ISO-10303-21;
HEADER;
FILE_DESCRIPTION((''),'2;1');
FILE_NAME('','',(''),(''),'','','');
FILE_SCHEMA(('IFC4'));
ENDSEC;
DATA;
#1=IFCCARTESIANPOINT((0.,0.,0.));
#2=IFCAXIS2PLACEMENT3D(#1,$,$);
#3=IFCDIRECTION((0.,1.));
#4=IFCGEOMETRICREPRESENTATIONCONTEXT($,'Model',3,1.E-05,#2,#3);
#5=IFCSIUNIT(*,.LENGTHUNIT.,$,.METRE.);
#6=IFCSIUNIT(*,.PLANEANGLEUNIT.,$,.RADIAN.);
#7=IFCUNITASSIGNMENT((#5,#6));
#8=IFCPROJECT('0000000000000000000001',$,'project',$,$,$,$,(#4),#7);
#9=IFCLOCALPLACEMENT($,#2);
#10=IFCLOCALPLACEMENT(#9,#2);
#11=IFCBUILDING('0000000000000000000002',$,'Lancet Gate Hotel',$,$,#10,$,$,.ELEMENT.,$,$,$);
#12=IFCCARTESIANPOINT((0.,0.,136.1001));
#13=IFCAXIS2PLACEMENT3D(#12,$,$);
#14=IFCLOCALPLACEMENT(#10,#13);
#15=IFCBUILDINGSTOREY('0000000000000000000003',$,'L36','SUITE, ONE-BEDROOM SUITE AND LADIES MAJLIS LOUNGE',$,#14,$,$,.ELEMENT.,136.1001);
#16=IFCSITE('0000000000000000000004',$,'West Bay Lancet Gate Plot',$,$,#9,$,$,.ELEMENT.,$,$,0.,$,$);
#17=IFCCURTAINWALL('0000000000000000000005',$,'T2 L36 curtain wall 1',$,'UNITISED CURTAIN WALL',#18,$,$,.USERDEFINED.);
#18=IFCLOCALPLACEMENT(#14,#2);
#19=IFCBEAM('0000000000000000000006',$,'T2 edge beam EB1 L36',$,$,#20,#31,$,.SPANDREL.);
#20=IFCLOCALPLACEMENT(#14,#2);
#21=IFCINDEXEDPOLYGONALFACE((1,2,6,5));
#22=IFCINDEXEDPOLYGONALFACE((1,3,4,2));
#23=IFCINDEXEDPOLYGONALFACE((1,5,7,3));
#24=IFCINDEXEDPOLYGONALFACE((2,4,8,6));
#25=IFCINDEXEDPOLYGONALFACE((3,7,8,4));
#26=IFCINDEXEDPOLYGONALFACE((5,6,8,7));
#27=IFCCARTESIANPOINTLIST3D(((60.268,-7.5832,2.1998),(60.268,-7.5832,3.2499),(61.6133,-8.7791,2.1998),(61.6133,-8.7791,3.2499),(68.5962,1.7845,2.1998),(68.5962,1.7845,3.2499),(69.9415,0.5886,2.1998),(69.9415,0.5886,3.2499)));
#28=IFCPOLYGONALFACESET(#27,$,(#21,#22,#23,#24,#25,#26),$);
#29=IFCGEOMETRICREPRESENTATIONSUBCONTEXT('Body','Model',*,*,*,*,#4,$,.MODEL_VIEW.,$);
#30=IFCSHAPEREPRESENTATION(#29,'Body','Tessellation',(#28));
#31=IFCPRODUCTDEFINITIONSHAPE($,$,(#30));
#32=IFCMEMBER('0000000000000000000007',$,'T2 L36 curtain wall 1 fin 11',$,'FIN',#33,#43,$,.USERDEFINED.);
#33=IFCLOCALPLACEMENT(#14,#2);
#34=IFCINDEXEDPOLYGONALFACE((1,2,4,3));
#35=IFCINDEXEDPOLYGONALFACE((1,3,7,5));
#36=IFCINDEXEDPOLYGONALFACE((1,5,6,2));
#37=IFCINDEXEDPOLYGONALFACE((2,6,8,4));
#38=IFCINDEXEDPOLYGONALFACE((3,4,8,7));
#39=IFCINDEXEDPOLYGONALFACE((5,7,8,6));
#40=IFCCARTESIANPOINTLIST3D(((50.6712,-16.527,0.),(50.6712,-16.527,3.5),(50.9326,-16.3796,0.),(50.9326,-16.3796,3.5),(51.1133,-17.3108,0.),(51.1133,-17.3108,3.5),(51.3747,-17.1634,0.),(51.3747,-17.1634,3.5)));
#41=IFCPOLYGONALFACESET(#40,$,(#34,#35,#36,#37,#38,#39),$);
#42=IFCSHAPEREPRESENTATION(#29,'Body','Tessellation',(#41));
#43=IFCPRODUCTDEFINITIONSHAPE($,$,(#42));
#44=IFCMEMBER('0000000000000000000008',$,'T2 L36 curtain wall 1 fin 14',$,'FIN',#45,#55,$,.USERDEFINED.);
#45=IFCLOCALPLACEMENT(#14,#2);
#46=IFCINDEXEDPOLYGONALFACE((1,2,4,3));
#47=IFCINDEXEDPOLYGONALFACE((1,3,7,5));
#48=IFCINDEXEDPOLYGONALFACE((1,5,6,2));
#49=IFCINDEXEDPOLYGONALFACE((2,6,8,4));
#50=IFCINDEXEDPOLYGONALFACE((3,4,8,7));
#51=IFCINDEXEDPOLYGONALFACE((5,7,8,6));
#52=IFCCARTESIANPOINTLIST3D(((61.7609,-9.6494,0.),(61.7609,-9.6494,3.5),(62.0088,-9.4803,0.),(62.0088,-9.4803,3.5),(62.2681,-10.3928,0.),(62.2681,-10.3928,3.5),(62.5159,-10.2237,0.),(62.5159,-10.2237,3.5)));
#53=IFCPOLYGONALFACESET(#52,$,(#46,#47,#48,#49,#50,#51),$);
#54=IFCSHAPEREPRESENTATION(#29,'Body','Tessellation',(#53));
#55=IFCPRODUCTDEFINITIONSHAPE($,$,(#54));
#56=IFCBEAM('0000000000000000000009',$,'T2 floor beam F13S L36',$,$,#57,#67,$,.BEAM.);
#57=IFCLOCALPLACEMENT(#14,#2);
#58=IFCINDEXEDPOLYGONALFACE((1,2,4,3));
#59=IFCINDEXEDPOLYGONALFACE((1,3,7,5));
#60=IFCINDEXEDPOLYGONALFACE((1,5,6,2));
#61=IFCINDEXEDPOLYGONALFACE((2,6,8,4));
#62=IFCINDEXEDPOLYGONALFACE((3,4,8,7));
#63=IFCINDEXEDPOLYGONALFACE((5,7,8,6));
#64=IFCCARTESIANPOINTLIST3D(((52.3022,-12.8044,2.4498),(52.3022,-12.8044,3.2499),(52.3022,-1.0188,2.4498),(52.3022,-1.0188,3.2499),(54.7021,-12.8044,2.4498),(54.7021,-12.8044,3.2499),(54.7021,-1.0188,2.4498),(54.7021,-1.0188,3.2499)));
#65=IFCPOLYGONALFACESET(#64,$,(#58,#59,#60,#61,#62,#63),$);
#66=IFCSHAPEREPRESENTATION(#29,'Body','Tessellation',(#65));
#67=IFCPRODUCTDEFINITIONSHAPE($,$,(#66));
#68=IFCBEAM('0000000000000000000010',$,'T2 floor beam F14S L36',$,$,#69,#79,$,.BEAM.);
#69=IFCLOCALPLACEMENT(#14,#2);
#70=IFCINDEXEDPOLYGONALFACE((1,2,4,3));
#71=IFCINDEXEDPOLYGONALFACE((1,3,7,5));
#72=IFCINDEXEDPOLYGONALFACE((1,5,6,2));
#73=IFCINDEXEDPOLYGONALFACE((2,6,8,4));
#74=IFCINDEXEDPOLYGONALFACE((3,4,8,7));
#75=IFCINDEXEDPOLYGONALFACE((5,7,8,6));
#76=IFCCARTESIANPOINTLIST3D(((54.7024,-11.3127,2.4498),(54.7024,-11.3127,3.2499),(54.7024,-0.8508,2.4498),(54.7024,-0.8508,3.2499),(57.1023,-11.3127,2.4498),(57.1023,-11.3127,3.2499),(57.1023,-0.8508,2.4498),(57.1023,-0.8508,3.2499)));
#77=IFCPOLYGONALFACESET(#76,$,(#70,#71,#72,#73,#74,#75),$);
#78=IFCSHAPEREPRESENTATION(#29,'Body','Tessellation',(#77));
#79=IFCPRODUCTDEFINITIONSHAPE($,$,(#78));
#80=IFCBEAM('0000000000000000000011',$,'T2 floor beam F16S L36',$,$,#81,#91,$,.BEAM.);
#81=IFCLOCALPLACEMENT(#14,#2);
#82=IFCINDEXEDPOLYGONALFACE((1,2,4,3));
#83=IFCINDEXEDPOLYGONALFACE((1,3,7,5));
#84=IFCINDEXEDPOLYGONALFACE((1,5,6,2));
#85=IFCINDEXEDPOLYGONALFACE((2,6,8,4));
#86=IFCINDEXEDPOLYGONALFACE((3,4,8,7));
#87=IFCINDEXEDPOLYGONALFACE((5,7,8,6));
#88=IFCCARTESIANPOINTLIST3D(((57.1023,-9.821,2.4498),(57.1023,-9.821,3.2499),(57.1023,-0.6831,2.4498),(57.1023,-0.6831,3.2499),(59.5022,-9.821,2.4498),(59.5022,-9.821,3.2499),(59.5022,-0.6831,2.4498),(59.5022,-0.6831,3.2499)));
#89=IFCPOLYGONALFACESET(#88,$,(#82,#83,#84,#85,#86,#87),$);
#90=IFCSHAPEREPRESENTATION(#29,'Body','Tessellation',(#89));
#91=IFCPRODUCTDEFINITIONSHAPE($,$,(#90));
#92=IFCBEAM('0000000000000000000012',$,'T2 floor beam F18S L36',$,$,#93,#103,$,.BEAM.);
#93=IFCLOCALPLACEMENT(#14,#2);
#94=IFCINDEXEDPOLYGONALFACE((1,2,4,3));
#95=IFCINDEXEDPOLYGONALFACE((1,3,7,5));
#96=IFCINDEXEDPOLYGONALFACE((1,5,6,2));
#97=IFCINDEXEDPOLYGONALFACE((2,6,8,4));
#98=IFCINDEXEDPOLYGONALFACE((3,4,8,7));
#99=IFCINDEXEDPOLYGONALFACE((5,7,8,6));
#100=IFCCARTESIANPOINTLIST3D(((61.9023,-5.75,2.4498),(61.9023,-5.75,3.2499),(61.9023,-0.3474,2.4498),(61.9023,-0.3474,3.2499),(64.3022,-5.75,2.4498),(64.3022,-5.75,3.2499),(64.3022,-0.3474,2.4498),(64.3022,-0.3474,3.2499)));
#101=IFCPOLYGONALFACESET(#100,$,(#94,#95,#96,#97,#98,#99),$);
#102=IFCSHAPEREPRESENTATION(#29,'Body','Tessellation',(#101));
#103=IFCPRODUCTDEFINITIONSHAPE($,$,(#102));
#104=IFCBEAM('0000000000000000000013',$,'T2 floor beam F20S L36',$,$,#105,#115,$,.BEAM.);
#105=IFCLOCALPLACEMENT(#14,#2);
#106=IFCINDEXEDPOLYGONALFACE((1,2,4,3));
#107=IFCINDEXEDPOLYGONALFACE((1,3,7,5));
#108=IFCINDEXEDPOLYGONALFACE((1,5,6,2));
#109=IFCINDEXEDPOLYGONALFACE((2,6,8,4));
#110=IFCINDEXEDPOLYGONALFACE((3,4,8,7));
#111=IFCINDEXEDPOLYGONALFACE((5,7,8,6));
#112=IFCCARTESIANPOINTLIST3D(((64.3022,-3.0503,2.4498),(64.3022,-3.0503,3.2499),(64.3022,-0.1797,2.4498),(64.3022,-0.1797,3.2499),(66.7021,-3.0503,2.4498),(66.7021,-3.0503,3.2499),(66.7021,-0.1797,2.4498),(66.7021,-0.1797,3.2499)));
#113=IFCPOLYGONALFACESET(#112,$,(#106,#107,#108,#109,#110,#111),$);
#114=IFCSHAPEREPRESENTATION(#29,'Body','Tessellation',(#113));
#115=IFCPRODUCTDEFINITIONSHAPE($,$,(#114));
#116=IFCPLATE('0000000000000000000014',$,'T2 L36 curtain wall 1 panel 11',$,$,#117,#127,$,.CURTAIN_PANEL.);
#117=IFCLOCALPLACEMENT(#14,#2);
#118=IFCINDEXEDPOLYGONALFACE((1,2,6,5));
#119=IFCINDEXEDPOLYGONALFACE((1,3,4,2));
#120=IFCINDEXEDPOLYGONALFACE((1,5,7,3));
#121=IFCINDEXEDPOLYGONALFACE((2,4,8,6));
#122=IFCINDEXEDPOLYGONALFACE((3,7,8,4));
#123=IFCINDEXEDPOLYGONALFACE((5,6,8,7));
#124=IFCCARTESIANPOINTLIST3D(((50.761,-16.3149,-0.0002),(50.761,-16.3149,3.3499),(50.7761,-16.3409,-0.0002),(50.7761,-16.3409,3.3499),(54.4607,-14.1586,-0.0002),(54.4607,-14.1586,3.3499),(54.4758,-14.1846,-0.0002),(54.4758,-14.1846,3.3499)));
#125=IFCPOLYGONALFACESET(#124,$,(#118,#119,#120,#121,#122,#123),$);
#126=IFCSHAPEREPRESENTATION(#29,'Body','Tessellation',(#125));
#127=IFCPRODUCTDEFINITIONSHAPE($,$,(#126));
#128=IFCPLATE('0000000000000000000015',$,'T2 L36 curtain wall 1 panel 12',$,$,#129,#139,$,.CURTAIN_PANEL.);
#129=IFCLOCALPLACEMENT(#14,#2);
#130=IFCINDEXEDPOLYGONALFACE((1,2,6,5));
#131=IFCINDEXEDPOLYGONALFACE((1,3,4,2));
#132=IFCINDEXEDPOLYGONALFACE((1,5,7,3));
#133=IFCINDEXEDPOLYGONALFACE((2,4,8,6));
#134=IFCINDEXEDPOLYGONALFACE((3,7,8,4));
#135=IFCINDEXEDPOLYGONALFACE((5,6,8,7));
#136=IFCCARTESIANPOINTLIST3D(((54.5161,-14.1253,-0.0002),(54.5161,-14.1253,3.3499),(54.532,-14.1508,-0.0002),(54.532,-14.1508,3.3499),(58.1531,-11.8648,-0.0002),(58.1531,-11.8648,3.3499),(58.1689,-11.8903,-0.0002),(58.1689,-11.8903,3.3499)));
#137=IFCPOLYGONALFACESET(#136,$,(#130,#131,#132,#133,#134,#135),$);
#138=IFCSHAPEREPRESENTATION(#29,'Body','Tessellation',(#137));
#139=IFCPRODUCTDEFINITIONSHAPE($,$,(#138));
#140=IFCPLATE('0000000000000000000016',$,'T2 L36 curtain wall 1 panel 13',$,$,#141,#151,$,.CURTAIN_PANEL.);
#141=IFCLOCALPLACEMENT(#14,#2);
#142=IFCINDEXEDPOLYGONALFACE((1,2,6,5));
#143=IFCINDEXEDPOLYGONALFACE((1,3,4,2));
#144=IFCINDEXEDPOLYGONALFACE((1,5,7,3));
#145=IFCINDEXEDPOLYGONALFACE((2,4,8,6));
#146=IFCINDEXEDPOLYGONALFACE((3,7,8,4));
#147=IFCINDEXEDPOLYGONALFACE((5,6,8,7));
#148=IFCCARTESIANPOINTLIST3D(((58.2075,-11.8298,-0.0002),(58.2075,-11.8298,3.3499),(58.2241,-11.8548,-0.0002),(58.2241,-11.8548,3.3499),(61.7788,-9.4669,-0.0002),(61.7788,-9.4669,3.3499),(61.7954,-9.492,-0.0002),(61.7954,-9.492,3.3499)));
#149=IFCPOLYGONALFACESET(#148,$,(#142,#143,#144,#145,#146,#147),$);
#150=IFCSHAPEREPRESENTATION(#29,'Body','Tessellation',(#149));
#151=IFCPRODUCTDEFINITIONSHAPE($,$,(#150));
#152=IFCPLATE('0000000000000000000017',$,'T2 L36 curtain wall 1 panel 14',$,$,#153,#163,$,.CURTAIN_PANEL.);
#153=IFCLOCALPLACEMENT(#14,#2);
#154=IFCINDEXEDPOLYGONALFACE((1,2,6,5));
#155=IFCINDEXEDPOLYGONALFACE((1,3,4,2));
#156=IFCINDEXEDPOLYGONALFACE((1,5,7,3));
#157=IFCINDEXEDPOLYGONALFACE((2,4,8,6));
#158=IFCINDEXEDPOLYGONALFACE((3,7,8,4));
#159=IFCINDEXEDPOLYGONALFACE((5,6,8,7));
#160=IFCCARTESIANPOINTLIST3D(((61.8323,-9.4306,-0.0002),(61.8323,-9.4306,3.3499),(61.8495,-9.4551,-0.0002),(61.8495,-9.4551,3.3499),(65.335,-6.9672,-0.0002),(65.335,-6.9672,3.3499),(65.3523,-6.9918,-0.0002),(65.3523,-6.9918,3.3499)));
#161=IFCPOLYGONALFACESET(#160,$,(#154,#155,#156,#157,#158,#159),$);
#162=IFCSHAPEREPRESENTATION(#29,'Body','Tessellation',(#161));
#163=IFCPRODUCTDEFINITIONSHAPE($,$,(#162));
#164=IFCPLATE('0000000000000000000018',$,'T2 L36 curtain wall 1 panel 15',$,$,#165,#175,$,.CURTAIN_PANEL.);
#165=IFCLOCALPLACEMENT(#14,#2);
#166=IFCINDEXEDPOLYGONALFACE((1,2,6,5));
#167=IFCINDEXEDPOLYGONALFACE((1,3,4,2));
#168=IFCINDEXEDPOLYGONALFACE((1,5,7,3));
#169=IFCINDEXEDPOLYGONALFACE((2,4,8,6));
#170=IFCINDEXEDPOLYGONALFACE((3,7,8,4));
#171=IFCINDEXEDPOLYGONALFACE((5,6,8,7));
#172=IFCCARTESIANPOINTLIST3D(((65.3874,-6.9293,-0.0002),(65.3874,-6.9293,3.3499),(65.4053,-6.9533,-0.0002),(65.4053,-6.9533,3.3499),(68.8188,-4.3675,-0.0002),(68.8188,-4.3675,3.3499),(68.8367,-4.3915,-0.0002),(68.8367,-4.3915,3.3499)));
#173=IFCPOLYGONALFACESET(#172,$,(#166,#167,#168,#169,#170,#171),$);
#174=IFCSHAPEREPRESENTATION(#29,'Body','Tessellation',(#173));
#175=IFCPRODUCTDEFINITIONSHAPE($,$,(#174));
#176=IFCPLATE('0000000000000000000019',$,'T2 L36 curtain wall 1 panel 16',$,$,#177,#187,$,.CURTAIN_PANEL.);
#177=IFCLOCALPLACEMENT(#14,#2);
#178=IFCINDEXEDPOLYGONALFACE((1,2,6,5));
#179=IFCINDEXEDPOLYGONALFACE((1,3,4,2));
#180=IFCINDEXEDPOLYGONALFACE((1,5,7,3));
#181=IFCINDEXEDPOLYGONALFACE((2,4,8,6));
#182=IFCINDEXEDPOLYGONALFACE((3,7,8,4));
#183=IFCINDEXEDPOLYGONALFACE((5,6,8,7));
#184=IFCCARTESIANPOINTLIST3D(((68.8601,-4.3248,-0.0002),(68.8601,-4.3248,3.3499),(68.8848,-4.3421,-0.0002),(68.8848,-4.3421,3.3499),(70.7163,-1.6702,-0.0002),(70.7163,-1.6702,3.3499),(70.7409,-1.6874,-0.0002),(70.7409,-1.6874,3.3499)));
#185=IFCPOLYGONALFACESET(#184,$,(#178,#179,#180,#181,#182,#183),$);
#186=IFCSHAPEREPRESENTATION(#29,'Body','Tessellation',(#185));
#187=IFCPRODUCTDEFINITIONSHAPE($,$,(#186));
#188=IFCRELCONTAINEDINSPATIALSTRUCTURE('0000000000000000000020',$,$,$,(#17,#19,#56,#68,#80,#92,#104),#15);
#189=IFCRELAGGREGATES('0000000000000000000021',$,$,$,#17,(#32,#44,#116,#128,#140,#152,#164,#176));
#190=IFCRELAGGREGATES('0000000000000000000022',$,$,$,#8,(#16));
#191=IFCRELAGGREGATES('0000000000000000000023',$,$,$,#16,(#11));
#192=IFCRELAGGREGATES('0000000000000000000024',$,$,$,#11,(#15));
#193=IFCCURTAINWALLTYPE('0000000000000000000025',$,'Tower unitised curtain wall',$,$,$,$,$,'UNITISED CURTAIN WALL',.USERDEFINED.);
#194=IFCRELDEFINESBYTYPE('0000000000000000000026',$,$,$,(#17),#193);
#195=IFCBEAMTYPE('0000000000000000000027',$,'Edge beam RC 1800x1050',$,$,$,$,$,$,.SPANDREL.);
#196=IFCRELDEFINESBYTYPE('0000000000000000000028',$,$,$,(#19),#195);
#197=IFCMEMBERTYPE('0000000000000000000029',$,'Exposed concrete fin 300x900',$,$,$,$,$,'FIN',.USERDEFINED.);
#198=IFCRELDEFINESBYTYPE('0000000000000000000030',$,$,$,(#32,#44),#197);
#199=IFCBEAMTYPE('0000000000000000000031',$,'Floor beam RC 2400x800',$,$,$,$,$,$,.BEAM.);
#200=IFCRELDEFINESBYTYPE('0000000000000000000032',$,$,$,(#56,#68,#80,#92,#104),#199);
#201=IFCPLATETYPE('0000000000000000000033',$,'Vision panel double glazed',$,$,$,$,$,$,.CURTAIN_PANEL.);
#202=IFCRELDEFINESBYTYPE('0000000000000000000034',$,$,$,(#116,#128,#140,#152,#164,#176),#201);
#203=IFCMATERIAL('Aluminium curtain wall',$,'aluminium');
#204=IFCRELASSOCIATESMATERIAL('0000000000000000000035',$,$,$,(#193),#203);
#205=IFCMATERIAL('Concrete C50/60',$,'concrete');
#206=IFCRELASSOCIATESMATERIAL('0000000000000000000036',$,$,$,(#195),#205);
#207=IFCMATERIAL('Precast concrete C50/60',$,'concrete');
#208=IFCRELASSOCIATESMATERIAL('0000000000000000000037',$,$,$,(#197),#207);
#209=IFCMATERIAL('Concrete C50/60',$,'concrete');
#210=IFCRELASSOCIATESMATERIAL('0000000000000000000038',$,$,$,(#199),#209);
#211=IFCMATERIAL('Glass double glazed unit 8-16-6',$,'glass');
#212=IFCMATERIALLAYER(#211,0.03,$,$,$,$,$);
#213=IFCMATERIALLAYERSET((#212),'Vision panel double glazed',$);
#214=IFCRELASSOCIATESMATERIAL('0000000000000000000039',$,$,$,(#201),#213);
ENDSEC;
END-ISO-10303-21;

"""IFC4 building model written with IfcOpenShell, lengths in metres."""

from ifc_helpers import new_model, si_unit, direction, frame, origin, origin_2d, place, context, subcontext, project, spatial, rectangle, extrude, material, layer, layer_set, material_profile, profile_set, type_object, element, aggregate, save


model = new_model("IFC4")

# Units and contexts
model_context = context("Model", 3, precision=1e-05, world=origin(), true_north=direction((0.0, 1.0)))
body_context = subcontext(model_context, "Body", "Model", "MODEL_VIEW")
ifc_project = project(units=[si_unit("LENGTHUNIT", "METRE"), si_unit("PLANEANGLEUNIT", "RADIAN")], contexts=[model_context])

# Site, building, storey
site_placement = place(None, origin())
site = spatial("IfcSite", under=ifc_project, at=site_placement, Name="West Bay Lancet Gate Plot", CompositionType="ELEMENT", RefElevation=0.0)
building_placement = place(site_placement, origin())
building = spatial("IfcBuilding", under=site, at=building_placement, Name="Lancet Gate Hotel", CompositionType="ELEMENT")
storey_placement = place(building_placement, frame((0.0, 0.0, 136.1001)))
storey = spatial("IfcBuildingStorey", under=building, at=storey_placement, Name="L36", Description="SUITE, ONE-BEDROOM SUITE AND LADIES MAJLIS LOUNGE", CompositionType="ELEMENT", Elevation=136.1001)

# Curtain wall
ifc_material_1 = material(Name="Aluminium curtain wall", Category="aluminium")
curtain_wall_type = type_object("IfcCurtainWallType", Name="Tower unitised curtain wall", ElementType="UNITISED CURTAIN WALL", PredefinedType="USERDEFINED", material=ifc_material_1)
curtain_wall_placement = place(storey_placement, origin())
curtain_wall = element("IfcCurtainWall", 1, at=curtain_wall_placement, inside=storey, type_object=curtain_wall_type, Name="T2 L36 curtain wall 1", ObjectType="UNITISED CURTAIN WALL", PredefinedType="USERDEFINED")

# Beam
ifc_material_2 = material(Name="Concrete C50/60", Category="concrete")
ifc_material_profile_1 = material_profile(ifc_material_2, rectangle(XDim=1.8, YDim=1.05, at=origin_2d()), Name="RC 1800x1050")
ifc_profile_set_1 = profile_set([ifc_material_profile_1], Name="Concrete C50/60")
beam_type_1 = type_object("IfcBeamType", Name="Edge beam RC 1800x1050", PredefinedType="SPANDREL", material=ifc_profile_set_1)
beam_1_placement = place(storey_placement, frame((60.9407, -8.1812, 2.7249), z_axis=(0.664422, 0.747358, 0.0), x_axis=(-0.747358, 0.664422, 0.0)))
element("IfcBeam", 2, at=beam_1_placement, inside=storey, type_object=beam_type_1, Name="T2 edge beam EB1 L36", PredefinedType="SPANDREL", context=body_context, shape_type="SweptSolid", body=[
    extrude(rectangle(XDim=1.8, YDim=1.05, at=origin_2d()), origin(), (0.0, 0.0, 1.0), 12.5344),
])

# Members
ifc_material_3 = material(Name="Precast concrete C50/60", Category="concrete")
ifc_material_profile_2 = material_profile(ifc_material_3, rectangle(XDim=0.3, YDim=0.8999, at=origin_2d()), Name="FIN 300x900")
ifc_profile_set_2 = profile_set([ifc_material_profile_2], Name="Precast concrete C50/60")
member_type_1 = type_object("IfcMemberType", Name="Exposed concrete fin 300x900", ElementType="FIN", PredefinedType="USERDEFINED", material=ifc_profile_set_2)
member_1_placement = place(storey_placement, frame((51.0229, -16.8452, 0.0), z_axis=(0.0, 0.0, 1.0), x_axis=(0.871029, 0.491232, 0.0)))
member_1 = element("IfcMember", 3, at=member_1_placement, type_object=member_type_1, Name="T2 L36 curtain wall 1 fin 11", ObjectType="FIN", PredefinedType="USERDEFINED", context=body_context, shape_type="SweptSolid", body=[
    extrude(rectangle(XDim=0.3, YDim=0.8999, at=origin_2d()), origin(), (0.0, 0.0, 1.0), 3.5),
])
member_2_placement = place(storey_placement, frame((62.1384, -9.9365, 0.0), z_axis=(0.0, 0.0, 1.0), x_axis=(0.826066, 0.563574, 0.0)))
member_2 = element("IfcMember", 4, at=member_2_placement, type_object=member_type_1, Name="T2 L36 curtain wall 1 fin 14", ObjectType="FIN", PredefinedType="USERDEFINED", context=body_context, shape_type="SweptSolid", body=[
    extrude(rectangle(XDim=0.3, YDim=0.8999, at=origin_2d()), origin(), (0.0, 0.0, 1.0), 3.5),
])

# Beams
ifc_material_4 = material(Name="Concrete C50/60", Category="concrete")
ifc_material_profile_3 = material_profile(ifc_material_4, rectangle(XDim=2.3999, YDim=0.8, at=origin_2d()), Name="RC 2400x800")
ifc_profile_set_3 = profile_set([ifc_material_profile_3], Name="Concrete C50/60")
beam_type_2 = type_object("IfcBeamType", Name="Floor beam RC 2400x800", PredefinedType="BEAM", material=ifc_profile_set_3)
beam_2_placement = place(storey_placement, frame((53.5022, -12.8044, 2.8499), z_axis=(0.0, 1.0, 0.0), x_axis=(-1.0, 0.0, 0.0)))
element("IfcBeam", 5, at=beam_2_placement, inside=storey, type_object=beam_type_2, Name="T2 floor beam F13S L36", PredefinedType="BEAM", context=body_context, shape_type="SweptSolid", body=[
    extrude(rectangle(XDim=2.3999, YDim=0.8, at=origin_2d()), origin(), (0.0, 0.0, 1.0), 11.7856),
])
beam_3_placement = place(storey_placement, frame((55.9023, -11.3127, 2.8499), z_axis=(0.0, 1.0, 0.0), x_axis=(-1.0, 0.0, 0.0)))
element("IfcBeam", 6, at=beam_3_placement, inside=storey, type_object=beam_type_2, Name="T2 floor beam F14S L36", PredefinedType="BEAM", context=body_context, shape_type="SweptSolid", body=[
    extrude(rectangle(XDim=2.3999, YDim=0.8, at=origin_2d()), origin(), (0.0, 0.0, 1.0), 10.4619),
])
beam_4_placement = place(storey_placement, frame((58.3022, -9.821, 2.8499), z_axis=(0.0, 1.0, 0.0), x_axis=(-1.0, 0.0, 0.0)))
element("IfcBeam", 7, at=beam_4_placement, inside=storey, type_object=beam_type_2, Name="T2 floor beam F16S L36", PredefinedType="BEAM", context=body_context, shape_type="SweptSolid", body=[
    extrude(rectangle(XDim=2.3999, YDim=0.8, at=origin_2d()), origin(), (0.0, 0.0, 1.0), 9.1379),
])
beam_5_placement = place(storey_placement, frame((63.1023, -5.75, 2.8499), z_axis=(0.0, 1.0, 0.0), x_axis=(-1.0, 0.0, 0.0)))
element("IfcBeam", 8, at=beam_5_placement, inside=storey, type_object=beam_type_2, Name="T2 floor beam F18S L36", PredefinedType="BEAM", context=body_context, shape_type="SweptSolid", body=[
    extrude(rectangle(XDim=2.3999, YDim=0.8, at=origin_2d()), origin(), (0.0, 0.0, 1.0), 5.4026),
])
beam_6_placement = place(storey_placement, frame((65.5022, -3.0503, 2.8499), z_axis=(0.0, 1.0, 0.0), x_axis=(-1.0, 0.0, 0.0)))
element("IfcBeam", 9, at=beam_6_placement, inside=storey, type_object=beam_type_2, Name="T2 floor beam F20S L36", PredefinedType="BEAM", context=body_context, shape_type="SweptSolid", body=[
    extrude(rectangle(XDim=2.3999, YDim=0.8, at=origin_2d()), origin(), (0.0, 0.0, 1.0), 2.8706),
])

# Plates
ifc_material_5 = material(Name="Glass double glazed unit 8-16-6", Category="glass")
ifc_layer_1 = layer(ifc_material_5, 0.03)
ifc_layer_set_1 = layer_set([ifc_layer_1], Name="Vision panel double glazed")
plate_type = type_object("IfcPlateType", Name="Vision panel double glazed", PredefinedType="CURTAIN_PANEL", material=ifc_layer_set_1)
plate_1_placement = place(storey_placement, frame((52.6184, -15.2498, -0.0002), z_axis=(0.0, 0.0, 1.0), x_axis=(0.863966, 0.503551, 0.0)))
plate_1 = element("IfcPlate", 10, at=plate_1_placement, type_object=plate_type, Name="T2 L36 curtain wall 1 panel 11", PredefinedType="CURTAIN_PANEL", context=body_context, shape_type="SweptSolid", body=[
    extrude(rectangle(XDim=4.2822, YDim=0.03, at=origin_2d()), origin(), (0.0, 0.0, 1.0), 3.3501),
])
plate_2_placement = place(storey_placement, frame((56.3425, -13.0078, -0.0002), z_axis=(0.0, 0.0, 1.0), x_axis=(0.849318, 0.527882, 0.0)))
plate_2 = element("IfcPlate", 11, at=plate_2_placement, type_object=plate_type, Name="T2 L36 curtain wall 1 panel 12", PredefinedType="CURTAIN_PANEL", context=body_context, shape_type="SweptSolid", body=[
    extrude(rectangle(XDim=4.2822, YDim=0.03, at=origin_2d()), origin(), (0.0, 0.0, 1.0), 3.3501),
])
plate_3_placement = place(storey_placement, frame((60.0015, -10.6609, -0.0002), z_axis=(0.0, 0.0, 1.0), x_axis=(0.833985, 0.551787, 0.0)))
plate_3 = element("IfcPlate", 12, at=plate_3_placement, type_object=plate_type, Name="T2 L36 curtain wall 1 panel 13", PredefinedType="CURTAIN_PANEL", context=body_context, shape_type="SweptSolid", body=[
    extrude(rectangle(XDim=4.2822, YDim=0.03, at=origin_2d()), origin(), (0.0, 0.0, 1.0), 3.3501),
])
plate_4_placement = place(storey_placement, frame((63.5923, -8.2112, -0.0002), z_axis=(0.0, 0.0, 1.0), x_axis=(0.817979, 0.575247, 0.0)))
plate_4 = element("IfcPlate", 13, at=plate_4_placement, type_object=plate_type, Name="T2 L36 curtain wall 1 panel 14", PredefinedType="CURTAIN_PANEL", context=body_context, shape_type="SweptSolid", body=[
    extrude(rectangle(XDim=4.2822, YDim=0.03, at=origin_2d()), origin(), (0.0, 0.0, 1.0), 3.3501),
])
plate_5_placement = place(storey_placement, frame((67.1121, -5.6604, -0.0002), z_axis=(0.0, 0.0, 1.0), x_axis=(0.801314, 0.598244, 0.0)))
plate_5 = element("IfcPlate", 14, at=plate_5_placement, type_object=plate_type, Name="T2 L36 curtain wall 1 panel 15", PredefinedType="CURTAIN_PANEL", context=body_context, shape_type="SweptSolid", body=[
    extrude(rectangle(XDim=4.2822, YDim=0.03, at=origin_2d()), origin(), (0.0, 0.0, 1.0), 3.3501),
])
plate_6_placement = place(storey_placement, frame((69.8005, -3.0061, -0.0002), z_axis=(0.0, 0.0, 1.0), x_axis=(0.573025, 0.819538, 0.0)))
plate_6 = element("IfcPlate", 15, at=plate_6_placement, type_object=plate_type, Name="T2 L36 curtain wall 1 panel 16", PredefinedType="CURTAIN_PANEL", context=body_context, shape_type="SweptSolid", body=[
    extrude(rectangle(XDim=3.2393, YDim=0.03, at=origin_2d()), origin(), (0.0, 0.0, 1.0), 3.3501),
])
aggregate(curtain_wall, [member_1, member_2, plate_1, plate_2, plate_3, plate_4, plate_5, plate_6])

save(model, "model.ifc")
